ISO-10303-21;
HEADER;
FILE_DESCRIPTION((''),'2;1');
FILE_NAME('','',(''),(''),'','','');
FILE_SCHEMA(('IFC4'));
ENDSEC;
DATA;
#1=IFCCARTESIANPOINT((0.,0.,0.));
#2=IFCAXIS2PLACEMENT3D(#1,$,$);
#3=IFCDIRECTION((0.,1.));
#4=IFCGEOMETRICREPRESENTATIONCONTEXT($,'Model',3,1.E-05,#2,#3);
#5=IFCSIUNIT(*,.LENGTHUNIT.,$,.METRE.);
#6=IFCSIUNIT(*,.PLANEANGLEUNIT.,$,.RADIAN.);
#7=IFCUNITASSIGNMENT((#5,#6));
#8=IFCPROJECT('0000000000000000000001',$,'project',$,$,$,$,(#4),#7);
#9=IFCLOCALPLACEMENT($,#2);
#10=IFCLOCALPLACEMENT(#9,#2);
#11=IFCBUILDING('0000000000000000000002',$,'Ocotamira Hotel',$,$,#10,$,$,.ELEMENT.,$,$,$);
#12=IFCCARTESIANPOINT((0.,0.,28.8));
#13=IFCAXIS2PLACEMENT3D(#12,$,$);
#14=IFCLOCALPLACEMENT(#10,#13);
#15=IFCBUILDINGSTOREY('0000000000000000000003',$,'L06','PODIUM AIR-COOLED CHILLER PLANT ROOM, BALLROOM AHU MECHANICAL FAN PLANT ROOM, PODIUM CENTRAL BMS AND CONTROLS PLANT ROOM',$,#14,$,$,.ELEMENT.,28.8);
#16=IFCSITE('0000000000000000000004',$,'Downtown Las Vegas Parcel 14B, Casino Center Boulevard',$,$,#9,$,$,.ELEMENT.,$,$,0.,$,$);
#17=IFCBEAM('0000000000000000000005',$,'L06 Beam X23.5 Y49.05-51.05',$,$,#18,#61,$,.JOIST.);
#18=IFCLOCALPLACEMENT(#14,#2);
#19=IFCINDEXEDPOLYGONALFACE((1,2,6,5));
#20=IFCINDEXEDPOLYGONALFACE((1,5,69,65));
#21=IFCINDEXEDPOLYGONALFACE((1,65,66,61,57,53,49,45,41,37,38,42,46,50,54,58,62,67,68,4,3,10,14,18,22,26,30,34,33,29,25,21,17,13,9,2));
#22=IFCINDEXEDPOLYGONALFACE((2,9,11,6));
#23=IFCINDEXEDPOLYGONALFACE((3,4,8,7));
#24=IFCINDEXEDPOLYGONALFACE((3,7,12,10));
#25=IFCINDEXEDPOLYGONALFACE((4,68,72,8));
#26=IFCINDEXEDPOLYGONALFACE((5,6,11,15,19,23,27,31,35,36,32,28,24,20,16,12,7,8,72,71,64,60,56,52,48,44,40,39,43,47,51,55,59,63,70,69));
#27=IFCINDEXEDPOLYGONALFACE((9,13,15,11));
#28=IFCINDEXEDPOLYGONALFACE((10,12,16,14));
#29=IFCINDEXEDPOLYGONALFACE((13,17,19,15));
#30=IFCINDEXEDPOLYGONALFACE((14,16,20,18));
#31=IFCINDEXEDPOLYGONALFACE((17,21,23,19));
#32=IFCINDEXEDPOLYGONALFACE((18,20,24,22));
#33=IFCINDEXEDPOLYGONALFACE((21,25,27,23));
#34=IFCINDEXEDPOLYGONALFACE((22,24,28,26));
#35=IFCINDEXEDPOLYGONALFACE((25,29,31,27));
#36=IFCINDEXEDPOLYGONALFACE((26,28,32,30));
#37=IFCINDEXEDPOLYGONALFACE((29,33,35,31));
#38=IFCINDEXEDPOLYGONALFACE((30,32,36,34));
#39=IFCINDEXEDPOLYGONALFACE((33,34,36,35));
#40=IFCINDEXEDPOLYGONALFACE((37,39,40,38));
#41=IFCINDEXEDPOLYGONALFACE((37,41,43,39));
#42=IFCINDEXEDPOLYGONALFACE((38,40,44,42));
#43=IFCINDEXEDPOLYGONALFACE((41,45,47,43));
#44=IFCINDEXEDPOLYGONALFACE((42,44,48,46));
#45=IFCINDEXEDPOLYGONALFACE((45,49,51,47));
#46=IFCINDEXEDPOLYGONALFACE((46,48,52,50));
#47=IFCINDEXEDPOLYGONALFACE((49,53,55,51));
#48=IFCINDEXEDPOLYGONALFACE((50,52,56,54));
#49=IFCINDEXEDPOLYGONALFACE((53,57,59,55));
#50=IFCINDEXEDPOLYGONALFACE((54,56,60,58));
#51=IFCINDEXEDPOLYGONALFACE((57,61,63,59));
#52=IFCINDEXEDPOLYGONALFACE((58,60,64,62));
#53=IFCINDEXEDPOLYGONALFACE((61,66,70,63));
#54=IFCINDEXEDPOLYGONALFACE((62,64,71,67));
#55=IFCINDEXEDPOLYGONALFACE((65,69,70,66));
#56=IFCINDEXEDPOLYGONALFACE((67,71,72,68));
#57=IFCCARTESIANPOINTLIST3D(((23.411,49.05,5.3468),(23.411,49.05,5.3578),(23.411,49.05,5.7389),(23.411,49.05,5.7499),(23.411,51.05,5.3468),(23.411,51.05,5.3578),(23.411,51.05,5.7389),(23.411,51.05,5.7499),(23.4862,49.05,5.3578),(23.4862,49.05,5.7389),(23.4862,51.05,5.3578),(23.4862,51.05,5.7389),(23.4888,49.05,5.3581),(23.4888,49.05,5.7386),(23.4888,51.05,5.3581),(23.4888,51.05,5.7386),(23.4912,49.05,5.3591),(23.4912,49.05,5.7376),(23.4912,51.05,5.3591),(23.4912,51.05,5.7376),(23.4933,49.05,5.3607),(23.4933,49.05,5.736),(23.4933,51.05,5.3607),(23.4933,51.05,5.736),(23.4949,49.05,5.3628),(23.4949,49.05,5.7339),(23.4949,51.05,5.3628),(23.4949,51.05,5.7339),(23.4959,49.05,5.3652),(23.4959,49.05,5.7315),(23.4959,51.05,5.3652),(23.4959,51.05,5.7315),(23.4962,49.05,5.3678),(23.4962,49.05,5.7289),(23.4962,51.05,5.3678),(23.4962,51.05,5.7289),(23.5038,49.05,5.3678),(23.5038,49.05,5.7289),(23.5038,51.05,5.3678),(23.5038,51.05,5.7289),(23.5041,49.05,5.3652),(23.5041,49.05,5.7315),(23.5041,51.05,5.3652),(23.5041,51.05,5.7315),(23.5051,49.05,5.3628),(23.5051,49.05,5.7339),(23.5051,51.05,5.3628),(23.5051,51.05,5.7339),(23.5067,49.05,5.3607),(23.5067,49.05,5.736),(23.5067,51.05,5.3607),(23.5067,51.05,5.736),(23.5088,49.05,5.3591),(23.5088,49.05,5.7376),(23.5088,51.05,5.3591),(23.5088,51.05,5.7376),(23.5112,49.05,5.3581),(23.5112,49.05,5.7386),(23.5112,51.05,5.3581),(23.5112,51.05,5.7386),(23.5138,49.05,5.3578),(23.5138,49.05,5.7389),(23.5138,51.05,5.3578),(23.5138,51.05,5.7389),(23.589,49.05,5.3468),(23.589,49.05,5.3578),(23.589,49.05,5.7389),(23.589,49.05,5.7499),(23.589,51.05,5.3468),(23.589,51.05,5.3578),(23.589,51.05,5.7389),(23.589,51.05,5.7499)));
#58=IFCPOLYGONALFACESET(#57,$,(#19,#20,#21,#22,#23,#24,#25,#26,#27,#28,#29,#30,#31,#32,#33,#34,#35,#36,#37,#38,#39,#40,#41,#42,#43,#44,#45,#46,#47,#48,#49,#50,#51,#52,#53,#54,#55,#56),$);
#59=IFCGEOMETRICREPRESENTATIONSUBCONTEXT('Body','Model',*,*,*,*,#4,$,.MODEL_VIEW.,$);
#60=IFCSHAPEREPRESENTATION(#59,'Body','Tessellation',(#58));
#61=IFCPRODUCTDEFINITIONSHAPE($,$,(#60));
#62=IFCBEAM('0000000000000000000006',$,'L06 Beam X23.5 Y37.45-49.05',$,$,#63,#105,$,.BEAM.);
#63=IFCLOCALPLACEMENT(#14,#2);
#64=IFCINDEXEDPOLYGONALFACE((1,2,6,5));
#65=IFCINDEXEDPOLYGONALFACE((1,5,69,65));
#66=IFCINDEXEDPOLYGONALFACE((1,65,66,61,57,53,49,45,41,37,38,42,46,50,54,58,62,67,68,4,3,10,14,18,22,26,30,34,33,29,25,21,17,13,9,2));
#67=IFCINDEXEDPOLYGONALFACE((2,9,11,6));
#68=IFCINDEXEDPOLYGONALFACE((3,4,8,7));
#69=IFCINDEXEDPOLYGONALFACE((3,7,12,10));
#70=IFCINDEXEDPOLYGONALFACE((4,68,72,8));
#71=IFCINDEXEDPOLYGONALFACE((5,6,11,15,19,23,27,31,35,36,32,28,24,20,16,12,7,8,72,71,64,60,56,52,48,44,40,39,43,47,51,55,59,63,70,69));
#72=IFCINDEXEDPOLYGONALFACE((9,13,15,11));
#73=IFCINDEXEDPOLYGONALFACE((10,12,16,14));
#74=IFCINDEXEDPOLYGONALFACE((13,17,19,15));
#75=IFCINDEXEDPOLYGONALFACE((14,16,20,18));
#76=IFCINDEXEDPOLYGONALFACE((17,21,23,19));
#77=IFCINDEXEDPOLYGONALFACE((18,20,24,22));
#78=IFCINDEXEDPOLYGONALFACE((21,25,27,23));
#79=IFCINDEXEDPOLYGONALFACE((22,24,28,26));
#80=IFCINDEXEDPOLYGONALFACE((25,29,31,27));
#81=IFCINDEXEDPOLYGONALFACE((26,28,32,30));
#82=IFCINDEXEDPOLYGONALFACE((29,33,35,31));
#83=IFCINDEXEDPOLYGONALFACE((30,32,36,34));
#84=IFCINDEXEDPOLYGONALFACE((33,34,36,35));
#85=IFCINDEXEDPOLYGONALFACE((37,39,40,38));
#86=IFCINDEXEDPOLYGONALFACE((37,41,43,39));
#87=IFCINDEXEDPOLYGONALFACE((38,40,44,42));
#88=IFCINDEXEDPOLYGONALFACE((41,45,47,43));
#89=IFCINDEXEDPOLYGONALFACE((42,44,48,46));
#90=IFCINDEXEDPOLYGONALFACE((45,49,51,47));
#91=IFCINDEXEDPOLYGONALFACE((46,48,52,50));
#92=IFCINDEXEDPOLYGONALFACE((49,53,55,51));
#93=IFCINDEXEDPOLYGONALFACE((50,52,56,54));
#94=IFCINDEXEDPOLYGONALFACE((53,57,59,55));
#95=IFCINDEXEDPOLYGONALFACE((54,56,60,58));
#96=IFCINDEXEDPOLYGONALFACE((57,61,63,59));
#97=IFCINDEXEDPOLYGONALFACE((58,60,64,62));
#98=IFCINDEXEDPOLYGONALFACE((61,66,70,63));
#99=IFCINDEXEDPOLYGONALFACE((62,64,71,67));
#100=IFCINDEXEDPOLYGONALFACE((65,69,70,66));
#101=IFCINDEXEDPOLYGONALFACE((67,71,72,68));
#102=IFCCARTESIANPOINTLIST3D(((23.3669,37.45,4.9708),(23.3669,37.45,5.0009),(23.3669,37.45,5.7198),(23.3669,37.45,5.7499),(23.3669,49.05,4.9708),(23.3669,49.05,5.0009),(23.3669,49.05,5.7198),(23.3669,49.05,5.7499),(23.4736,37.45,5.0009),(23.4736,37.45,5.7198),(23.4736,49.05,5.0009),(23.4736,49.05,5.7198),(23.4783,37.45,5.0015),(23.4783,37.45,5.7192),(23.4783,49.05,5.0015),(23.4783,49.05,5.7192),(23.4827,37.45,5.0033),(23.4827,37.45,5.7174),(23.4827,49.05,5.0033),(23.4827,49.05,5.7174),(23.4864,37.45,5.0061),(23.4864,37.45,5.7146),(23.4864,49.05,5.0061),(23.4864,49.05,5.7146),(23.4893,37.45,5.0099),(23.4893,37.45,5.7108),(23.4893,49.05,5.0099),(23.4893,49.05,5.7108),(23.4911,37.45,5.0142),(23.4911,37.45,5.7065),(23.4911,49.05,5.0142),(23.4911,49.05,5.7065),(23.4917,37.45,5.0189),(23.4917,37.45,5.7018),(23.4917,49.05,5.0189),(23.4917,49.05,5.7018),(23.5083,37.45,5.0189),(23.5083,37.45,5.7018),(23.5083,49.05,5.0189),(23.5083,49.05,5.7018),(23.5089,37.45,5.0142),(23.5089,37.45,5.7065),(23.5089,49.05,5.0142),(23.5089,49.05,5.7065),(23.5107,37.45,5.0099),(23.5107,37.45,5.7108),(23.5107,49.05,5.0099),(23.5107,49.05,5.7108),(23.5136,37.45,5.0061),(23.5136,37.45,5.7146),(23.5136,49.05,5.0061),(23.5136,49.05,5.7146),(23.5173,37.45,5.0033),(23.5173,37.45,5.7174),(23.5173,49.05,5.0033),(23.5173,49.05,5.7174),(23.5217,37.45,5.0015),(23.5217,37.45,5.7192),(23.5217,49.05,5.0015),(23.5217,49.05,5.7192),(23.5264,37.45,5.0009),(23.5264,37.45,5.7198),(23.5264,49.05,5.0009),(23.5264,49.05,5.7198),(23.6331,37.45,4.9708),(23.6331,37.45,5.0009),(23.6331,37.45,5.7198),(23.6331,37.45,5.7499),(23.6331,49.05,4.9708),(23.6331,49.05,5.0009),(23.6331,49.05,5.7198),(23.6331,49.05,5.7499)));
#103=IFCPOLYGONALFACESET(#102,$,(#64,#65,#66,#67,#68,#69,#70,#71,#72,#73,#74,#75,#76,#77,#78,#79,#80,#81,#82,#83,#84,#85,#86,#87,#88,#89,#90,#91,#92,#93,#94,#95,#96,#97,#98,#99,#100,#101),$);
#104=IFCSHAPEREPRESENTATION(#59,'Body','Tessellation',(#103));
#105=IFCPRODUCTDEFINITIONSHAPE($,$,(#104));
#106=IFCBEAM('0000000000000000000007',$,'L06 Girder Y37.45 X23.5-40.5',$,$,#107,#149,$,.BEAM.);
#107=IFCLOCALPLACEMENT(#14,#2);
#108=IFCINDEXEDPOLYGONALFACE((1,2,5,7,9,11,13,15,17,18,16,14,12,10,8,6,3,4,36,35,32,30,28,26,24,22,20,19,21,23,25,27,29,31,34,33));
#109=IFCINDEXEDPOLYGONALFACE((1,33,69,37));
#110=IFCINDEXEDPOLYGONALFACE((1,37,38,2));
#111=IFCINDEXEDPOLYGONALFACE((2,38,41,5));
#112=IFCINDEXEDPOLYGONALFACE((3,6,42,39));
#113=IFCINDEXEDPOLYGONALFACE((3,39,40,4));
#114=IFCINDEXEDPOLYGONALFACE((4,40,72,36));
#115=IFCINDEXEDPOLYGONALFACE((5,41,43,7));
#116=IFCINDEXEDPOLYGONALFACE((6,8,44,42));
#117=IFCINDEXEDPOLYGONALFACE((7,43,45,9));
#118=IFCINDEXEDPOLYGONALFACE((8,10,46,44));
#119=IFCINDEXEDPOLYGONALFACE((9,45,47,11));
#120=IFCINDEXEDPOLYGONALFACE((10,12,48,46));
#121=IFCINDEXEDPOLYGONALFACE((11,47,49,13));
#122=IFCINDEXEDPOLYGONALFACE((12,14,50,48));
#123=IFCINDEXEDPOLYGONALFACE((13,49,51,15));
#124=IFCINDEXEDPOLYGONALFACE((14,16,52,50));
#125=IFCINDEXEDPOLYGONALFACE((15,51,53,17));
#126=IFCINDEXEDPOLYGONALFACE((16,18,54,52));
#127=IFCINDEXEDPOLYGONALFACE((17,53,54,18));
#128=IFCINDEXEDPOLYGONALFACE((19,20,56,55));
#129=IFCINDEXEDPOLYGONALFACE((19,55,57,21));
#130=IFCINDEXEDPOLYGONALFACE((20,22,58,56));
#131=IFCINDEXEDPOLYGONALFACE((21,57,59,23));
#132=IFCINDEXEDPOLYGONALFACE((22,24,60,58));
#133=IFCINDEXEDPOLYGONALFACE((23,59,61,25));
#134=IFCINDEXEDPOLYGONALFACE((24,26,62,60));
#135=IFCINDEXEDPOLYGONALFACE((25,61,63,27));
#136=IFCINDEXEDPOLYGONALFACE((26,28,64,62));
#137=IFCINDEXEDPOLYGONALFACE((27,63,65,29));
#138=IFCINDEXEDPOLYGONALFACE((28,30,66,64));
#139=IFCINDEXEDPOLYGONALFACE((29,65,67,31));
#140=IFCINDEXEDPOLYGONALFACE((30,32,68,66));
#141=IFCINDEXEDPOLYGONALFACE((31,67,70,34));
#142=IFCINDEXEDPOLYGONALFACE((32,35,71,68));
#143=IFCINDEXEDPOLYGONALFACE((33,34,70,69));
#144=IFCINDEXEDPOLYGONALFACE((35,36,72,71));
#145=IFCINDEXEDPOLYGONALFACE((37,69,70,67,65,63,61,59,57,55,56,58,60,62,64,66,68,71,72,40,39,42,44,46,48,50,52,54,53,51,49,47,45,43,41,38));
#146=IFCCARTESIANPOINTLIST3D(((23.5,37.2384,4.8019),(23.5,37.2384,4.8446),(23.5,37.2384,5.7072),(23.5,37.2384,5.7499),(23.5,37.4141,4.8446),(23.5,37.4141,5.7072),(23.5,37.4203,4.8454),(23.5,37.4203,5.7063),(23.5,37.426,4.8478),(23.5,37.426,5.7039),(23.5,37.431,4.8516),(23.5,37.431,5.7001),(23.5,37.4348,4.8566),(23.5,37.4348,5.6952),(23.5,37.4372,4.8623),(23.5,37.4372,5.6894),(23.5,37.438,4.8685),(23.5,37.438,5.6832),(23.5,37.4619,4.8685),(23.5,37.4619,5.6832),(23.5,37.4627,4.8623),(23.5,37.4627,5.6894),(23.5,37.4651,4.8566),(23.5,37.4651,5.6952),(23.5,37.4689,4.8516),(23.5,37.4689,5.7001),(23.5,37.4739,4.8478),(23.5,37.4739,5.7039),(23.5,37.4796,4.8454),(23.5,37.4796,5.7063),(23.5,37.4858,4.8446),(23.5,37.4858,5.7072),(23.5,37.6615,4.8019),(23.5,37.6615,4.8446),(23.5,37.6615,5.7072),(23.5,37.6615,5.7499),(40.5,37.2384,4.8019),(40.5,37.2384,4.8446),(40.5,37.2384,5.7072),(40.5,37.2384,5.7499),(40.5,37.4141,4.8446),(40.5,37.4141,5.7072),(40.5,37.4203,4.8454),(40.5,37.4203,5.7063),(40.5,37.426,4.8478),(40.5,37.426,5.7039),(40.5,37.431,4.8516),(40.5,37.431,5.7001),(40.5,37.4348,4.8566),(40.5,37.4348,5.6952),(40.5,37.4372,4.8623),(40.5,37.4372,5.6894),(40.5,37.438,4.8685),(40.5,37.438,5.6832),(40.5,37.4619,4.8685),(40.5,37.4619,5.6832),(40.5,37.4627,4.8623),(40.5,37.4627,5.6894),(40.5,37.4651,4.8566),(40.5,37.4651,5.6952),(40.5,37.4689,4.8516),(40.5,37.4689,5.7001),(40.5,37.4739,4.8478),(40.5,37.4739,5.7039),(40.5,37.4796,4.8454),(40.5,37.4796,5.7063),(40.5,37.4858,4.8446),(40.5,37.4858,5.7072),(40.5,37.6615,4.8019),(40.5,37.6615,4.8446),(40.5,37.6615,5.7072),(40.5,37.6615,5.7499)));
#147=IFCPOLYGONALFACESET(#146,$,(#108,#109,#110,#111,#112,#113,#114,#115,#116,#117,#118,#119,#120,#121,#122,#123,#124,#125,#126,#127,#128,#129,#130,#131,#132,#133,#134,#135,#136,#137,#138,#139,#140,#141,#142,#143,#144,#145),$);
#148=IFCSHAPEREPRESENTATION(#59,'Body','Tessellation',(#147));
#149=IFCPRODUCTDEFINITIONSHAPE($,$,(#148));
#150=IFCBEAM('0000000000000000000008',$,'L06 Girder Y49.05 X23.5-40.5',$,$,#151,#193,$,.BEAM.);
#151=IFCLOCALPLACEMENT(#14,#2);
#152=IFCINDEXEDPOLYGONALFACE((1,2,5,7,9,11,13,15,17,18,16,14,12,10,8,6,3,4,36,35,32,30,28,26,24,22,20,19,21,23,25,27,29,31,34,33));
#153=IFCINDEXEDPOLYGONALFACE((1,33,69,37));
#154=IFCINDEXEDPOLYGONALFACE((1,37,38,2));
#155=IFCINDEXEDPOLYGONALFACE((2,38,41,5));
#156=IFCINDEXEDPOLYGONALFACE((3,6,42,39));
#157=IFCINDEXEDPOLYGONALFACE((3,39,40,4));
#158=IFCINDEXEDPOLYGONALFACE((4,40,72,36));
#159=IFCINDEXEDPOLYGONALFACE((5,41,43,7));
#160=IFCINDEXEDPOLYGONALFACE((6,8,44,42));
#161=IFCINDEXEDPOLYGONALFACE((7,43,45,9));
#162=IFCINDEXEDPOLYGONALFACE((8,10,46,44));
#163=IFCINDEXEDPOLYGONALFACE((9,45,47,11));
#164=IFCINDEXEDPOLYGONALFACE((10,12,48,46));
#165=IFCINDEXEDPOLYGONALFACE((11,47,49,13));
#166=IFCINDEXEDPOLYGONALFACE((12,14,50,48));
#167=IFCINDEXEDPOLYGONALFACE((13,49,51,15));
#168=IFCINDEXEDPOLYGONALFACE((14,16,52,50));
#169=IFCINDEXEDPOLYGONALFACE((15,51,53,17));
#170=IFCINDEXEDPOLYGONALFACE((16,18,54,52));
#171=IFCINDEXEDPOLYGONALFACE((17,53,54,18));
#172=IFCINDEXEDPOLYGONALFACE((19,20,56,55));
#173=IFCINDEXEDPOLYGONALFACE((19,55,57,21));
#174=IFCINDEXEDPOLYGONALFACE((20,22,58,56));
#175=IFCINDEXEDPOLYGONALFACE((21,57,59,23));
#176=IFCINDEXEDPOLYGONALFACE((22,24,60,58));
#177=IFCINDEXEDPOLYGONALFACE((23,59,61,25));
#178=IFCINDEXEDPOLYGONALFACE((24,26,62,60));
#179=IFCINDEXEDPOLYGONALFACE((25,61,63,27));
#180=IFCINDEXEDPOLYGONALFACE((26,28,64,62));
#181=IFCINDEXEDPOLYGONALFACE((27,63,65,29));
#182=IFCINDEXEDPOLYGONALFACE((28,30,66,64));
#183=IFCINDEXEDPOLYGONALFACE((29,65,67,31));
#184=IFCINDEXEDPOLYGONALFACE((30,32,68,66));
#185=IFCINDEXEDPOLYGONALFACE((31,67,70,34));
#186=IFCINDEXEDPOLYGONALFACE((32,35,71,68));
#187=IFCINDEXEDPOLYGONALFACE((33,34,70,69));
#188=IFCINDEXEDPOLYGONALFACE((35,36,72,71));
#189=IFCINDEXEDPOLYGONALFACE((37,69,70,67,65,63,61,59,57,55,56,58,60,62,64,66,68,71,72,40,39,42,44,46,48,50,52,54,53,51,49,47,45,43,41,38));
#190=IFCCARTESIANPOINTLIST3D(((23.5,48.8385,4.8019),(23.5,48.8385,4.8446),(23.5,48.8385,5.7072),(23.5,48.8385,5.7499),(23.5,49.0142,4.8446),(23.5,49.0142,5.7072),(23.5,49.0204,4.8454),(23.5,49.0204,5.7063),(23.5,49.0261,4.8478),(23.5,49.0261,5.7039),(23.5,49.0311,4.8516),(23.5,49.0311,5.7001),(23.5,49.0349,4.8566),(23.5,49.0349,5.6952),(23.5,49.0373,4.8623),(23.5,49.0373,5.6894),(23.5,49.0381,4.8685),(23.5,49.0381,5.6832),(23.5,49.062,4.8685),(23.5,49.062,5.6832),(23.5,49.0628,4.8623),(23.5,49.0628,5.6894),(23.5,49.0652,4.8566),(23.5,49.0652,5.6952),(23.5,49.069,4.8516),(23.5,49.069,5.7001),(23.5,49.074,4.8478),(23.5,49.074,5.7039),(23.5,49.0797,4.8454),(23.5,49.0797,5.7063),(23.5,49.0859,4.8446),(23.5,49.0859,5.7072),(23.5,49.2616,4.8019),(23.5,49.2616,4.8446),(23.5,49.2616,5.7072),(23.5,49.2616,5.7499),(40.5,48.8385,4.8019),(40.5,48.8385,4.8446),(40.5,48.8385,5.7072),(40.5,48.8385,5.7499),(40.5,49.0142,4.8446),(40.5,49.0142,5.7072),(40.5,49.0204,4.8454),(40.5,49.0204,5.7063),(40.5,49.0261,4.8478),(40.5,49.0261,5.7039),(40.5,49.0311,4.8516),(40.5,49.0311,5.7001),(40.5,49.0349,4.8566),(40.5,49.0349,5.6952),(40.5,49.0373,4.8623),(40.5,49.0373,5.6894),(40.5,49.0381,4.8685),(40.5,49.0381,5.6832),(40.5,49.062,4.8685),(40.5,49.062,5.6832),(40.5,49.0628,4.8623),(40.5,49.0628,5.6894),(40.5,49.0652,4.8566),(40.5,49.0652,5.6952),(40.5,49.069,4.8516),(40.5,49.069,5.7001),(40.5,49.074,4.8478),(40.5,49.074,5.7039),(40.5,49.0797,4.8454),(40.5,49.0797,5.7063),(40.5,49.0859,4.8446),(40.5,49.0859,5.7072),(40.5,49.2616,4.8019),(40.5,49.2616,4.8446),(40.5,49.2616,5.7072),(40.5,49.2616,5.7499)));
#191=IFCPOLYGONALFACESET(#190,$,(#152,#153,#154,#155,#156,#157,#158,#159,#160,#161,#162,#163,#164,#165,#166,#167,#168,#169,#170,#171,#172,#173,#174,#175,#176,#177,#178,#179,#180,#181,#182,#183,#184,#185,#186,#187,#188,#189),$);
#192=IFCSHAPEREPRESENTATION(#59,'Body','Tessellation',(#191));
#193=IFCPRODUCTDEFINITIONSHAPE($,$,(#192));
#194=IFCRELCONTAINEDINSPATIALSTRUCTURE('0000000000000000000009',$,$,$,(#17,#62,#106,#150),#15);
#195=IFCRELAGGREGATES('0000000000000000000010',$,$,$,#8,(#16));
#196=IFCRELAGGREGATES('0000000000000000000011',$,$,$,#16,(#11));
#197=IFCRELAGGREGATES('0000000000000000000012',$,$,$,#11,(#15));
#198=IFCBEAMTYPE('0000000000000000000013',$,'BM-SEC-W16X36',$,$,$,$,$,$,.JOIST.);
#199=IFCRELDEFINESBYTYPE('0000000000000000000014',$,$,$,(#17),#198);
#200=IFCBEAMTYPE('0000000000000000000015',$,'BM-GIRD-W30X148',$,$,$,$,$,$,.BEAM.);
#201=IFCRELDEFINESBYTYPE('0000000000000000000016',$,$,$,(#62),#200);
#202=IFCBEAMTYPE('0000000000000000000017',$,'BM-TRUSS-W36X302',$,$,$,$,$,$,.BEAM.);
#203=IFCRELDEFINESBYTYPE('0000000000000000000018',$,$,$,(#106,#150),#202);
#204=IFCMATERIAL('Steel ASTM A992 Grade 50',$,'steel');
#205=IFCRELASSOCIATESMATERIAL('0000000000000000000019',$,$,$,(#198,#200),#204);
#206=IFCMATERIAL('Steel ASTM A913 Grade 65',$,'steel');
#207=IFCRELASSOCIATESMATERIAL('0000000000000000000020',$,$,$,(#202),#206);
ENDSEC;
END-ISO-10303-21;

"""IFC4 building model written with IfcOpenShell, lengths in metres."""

from ifc_helpers import new_model, si_unit, direction, frame, origin, origin_2d, place, context, subcontext, project, spatial, i_section, extrude, source, transform, mapped, material, material_profile, profile_set, type_object, element, save


model = new_model("IFC4")

# Units and contexts
model_context = context("Model", 3, precision=1e-05, world=origin(), true_north=direction((0.0, 1.0)))
body_context = subcontext(model_context, "Body", "Model", "MODEL_VIEW")
ifc_project = project(units=[si_unit("LENGTHUNIT", "METRE"), si_unit("PLANEANGLEUNIT", "RADIAN")], contexts=[model_context])

# Site, building, storey
site_placement = place(None, origin())
site = spatial("IfcSite", under=ifc_project, at=site_placement, Name="Downtown Las Vegas Parcel 14B, Casino Center Boulevard", CompositionType="ELEMENT", RefElevation=0.0)
building_placement = place(site_placement, origin())
building = spatial("IfcBuilding", under=site, at=building_placement, Name="Ocotamira Hotel", CompositionType="ELEMENT")
storey_placement = place(building_placement, frame((0.0, 0.0, 28.8)))
storey = spatial("IfcBuildingStorey", under=building, at=storey_placement, Name="L06", Description="PODIUM AIR-COOLED CHILLER PLANT ROOM, BALLROOM AHU MECHANICAL FAN PLANT ROOM, PODIUM CENTRAL BMS AND CONTROLS PLANT ROOM", CompositionType="ELEMENT", Elevation=28.8)

# Beams
ifc_material_1 = material(Name="Steel ASTM A992 Grade 50", Category="steel")
ifc_material_profile_1 = material_profile(ifc_material_1, i_section(OverallWidth=0.178, OverallDepth=0.4031, WebThickness=0.0076, FlangeThickness=0.011, FilletRadius=0.01, at=origin_2d()), Name="W16X36")
ifc_profile_set_1 = profile_set([ifc_material_profile_1], Name="Steel ASTM A992 Grade 50")
beam_type_1 = type_object("IfcBeamType", Name="BM-SEC-W16X36", PredefinedType="JOIST", material=ifc_profile_set_1)
shared_shape_1 = source(origin(), body_context, "Body", "SweptSolid", [
    extrude(i_section(OverallWidth=0.178, OverallDepth=0.4031, WebThickness=0.0076, FlangeThickness=0.011, FilletRadius=0.01, at=origin_2d()), origin(), (0.0, 0.0, 1.0), 2.0),
])
beam_1_placement = place(storey_placement, frame((23.5, 49.05, 5.5483), z_axis=(0.0, 1.0, 0.0), x_axis=(-1.0, 0.0, 0.0)))
element("IfcBeam", 1, at=beam_1_placement, inside=storey, type_object=beam_type_1, Name="L06 Beam X23.5 Y49.05-51.05", PredefinedType="JOIST", context=body_context, shape_type="MappedRepresentation", body=[
    mapped(shared_shape_1, transform((0.0, 0.0, 0.0), scale=1.0)),
])
ifc_material_profile_2 = material_profile(ifc_material_1, i_section(OverallWidth=0.2661, OverallDepth=0.7791, WebThickness=0.0166, FlangeThickness=0.03, FilletRadius=0.0181, at=origin_2d()), Name="W30X148")
ifc_profile_set_2 = profile_set([ifc_material_profile_2], Name="Steel ASTM A992 Grade 50")
beam_type_2 = type_object("IfcBeamType", Name="BM-GIRD-W30X148", PredefinedType="BEAM", material=ifc_profile_set_2)
shared_shape_2 = source(origin(), body_context, "Body", "SweptSolid", [
    extrude(i_section(OverallWidth=0.2661, OverallDepth=0.7791, WebThickness=0.0166, FlangeThickness=0.03, FilletRadius=0.0181, at=origin_2d()), origin(), (0.0, 0.0, 1.0), 11.6001),
])
beam_2_placement = place(storey_placement, frame((23.5, 37.45, 5.3604), z_axis=(0.0, 1.0, 0.0), x_axis=(-1.0, 0.0, 0.0)))
element("IfcBeam", 2, at=beam_2_placement, inside=storey, type_object=beam_type_2, Name="L06 Beam X23.5 Y37.45-49.05", PredefinedType="BEAM", context=body_context, shape_type="MappedRepresentation", body=[
    mapped(shared_shape_2, transform((0.0, 0.0, 0.0), scale=1.0)),
])
ifc_material_2 = material(Name="Steel ASTM A913 Grade 65", Category="steel")
ifc_material_profile_3 = material_profile(ifc_material_2, i_section(OverallWidth=0.4231, OverallDepth=0.948, WebThickness=0.0239, FlangeThickness=0.0427, FilletRadius=0.0239, at=origin_2d()), Name="W36X302")
ifc_profile_set_3 = profile_set([ifc_material_profile_3], Name="Steel ASTM A913 Grade 65")
beam_type_3 = type_object("IfcBeamType", Name="BM-TRUSS-W36X302", PredefinedType="BEAM", material=ifc_profile_set_3)
shared_shape_3 = source(origin(), body_context, "Body", "SweptSolid", [
    extrude(i_section(OverallWidth=0.4231, OverallDepth=0.948, WebThickness=0.0239, FlangeThickness=0.0427, FilletRadius=0.0239, at=origin_2d()), origin(), (0.0, 0.0, 1.0), 17.0),
])
for number, where, z_axis, x_axis, name in (
    (3, (23.5, 37.45, 5.2759), (1.0, 0.0, 0.0), (0.0, 1.0, 0.0), "L06 Girder Y37.45 X23.5-40.5"),
    (4, (23.5, 49.05, 5.2759), (1.0, 0.0, 0.0), (0.0, 1.0, 0.0), "L06 Girder Y49.05 X23.5-40.5"),
):
    element("IfcBeam", number, at=place(storey_placement, frame(where, z_axis=z_axis, x_axis=x_axis)), inside=storey, type_object=beam_type_3, Name=name, PredefinedType="BEAM", context=body_context, shape_type="MappedRepresentation", body=[
        mapped(shared_shape_3, transform((0.0, 0.0, 0.0), scale=1.0)),
    ])

save(model, "model.ifc")
